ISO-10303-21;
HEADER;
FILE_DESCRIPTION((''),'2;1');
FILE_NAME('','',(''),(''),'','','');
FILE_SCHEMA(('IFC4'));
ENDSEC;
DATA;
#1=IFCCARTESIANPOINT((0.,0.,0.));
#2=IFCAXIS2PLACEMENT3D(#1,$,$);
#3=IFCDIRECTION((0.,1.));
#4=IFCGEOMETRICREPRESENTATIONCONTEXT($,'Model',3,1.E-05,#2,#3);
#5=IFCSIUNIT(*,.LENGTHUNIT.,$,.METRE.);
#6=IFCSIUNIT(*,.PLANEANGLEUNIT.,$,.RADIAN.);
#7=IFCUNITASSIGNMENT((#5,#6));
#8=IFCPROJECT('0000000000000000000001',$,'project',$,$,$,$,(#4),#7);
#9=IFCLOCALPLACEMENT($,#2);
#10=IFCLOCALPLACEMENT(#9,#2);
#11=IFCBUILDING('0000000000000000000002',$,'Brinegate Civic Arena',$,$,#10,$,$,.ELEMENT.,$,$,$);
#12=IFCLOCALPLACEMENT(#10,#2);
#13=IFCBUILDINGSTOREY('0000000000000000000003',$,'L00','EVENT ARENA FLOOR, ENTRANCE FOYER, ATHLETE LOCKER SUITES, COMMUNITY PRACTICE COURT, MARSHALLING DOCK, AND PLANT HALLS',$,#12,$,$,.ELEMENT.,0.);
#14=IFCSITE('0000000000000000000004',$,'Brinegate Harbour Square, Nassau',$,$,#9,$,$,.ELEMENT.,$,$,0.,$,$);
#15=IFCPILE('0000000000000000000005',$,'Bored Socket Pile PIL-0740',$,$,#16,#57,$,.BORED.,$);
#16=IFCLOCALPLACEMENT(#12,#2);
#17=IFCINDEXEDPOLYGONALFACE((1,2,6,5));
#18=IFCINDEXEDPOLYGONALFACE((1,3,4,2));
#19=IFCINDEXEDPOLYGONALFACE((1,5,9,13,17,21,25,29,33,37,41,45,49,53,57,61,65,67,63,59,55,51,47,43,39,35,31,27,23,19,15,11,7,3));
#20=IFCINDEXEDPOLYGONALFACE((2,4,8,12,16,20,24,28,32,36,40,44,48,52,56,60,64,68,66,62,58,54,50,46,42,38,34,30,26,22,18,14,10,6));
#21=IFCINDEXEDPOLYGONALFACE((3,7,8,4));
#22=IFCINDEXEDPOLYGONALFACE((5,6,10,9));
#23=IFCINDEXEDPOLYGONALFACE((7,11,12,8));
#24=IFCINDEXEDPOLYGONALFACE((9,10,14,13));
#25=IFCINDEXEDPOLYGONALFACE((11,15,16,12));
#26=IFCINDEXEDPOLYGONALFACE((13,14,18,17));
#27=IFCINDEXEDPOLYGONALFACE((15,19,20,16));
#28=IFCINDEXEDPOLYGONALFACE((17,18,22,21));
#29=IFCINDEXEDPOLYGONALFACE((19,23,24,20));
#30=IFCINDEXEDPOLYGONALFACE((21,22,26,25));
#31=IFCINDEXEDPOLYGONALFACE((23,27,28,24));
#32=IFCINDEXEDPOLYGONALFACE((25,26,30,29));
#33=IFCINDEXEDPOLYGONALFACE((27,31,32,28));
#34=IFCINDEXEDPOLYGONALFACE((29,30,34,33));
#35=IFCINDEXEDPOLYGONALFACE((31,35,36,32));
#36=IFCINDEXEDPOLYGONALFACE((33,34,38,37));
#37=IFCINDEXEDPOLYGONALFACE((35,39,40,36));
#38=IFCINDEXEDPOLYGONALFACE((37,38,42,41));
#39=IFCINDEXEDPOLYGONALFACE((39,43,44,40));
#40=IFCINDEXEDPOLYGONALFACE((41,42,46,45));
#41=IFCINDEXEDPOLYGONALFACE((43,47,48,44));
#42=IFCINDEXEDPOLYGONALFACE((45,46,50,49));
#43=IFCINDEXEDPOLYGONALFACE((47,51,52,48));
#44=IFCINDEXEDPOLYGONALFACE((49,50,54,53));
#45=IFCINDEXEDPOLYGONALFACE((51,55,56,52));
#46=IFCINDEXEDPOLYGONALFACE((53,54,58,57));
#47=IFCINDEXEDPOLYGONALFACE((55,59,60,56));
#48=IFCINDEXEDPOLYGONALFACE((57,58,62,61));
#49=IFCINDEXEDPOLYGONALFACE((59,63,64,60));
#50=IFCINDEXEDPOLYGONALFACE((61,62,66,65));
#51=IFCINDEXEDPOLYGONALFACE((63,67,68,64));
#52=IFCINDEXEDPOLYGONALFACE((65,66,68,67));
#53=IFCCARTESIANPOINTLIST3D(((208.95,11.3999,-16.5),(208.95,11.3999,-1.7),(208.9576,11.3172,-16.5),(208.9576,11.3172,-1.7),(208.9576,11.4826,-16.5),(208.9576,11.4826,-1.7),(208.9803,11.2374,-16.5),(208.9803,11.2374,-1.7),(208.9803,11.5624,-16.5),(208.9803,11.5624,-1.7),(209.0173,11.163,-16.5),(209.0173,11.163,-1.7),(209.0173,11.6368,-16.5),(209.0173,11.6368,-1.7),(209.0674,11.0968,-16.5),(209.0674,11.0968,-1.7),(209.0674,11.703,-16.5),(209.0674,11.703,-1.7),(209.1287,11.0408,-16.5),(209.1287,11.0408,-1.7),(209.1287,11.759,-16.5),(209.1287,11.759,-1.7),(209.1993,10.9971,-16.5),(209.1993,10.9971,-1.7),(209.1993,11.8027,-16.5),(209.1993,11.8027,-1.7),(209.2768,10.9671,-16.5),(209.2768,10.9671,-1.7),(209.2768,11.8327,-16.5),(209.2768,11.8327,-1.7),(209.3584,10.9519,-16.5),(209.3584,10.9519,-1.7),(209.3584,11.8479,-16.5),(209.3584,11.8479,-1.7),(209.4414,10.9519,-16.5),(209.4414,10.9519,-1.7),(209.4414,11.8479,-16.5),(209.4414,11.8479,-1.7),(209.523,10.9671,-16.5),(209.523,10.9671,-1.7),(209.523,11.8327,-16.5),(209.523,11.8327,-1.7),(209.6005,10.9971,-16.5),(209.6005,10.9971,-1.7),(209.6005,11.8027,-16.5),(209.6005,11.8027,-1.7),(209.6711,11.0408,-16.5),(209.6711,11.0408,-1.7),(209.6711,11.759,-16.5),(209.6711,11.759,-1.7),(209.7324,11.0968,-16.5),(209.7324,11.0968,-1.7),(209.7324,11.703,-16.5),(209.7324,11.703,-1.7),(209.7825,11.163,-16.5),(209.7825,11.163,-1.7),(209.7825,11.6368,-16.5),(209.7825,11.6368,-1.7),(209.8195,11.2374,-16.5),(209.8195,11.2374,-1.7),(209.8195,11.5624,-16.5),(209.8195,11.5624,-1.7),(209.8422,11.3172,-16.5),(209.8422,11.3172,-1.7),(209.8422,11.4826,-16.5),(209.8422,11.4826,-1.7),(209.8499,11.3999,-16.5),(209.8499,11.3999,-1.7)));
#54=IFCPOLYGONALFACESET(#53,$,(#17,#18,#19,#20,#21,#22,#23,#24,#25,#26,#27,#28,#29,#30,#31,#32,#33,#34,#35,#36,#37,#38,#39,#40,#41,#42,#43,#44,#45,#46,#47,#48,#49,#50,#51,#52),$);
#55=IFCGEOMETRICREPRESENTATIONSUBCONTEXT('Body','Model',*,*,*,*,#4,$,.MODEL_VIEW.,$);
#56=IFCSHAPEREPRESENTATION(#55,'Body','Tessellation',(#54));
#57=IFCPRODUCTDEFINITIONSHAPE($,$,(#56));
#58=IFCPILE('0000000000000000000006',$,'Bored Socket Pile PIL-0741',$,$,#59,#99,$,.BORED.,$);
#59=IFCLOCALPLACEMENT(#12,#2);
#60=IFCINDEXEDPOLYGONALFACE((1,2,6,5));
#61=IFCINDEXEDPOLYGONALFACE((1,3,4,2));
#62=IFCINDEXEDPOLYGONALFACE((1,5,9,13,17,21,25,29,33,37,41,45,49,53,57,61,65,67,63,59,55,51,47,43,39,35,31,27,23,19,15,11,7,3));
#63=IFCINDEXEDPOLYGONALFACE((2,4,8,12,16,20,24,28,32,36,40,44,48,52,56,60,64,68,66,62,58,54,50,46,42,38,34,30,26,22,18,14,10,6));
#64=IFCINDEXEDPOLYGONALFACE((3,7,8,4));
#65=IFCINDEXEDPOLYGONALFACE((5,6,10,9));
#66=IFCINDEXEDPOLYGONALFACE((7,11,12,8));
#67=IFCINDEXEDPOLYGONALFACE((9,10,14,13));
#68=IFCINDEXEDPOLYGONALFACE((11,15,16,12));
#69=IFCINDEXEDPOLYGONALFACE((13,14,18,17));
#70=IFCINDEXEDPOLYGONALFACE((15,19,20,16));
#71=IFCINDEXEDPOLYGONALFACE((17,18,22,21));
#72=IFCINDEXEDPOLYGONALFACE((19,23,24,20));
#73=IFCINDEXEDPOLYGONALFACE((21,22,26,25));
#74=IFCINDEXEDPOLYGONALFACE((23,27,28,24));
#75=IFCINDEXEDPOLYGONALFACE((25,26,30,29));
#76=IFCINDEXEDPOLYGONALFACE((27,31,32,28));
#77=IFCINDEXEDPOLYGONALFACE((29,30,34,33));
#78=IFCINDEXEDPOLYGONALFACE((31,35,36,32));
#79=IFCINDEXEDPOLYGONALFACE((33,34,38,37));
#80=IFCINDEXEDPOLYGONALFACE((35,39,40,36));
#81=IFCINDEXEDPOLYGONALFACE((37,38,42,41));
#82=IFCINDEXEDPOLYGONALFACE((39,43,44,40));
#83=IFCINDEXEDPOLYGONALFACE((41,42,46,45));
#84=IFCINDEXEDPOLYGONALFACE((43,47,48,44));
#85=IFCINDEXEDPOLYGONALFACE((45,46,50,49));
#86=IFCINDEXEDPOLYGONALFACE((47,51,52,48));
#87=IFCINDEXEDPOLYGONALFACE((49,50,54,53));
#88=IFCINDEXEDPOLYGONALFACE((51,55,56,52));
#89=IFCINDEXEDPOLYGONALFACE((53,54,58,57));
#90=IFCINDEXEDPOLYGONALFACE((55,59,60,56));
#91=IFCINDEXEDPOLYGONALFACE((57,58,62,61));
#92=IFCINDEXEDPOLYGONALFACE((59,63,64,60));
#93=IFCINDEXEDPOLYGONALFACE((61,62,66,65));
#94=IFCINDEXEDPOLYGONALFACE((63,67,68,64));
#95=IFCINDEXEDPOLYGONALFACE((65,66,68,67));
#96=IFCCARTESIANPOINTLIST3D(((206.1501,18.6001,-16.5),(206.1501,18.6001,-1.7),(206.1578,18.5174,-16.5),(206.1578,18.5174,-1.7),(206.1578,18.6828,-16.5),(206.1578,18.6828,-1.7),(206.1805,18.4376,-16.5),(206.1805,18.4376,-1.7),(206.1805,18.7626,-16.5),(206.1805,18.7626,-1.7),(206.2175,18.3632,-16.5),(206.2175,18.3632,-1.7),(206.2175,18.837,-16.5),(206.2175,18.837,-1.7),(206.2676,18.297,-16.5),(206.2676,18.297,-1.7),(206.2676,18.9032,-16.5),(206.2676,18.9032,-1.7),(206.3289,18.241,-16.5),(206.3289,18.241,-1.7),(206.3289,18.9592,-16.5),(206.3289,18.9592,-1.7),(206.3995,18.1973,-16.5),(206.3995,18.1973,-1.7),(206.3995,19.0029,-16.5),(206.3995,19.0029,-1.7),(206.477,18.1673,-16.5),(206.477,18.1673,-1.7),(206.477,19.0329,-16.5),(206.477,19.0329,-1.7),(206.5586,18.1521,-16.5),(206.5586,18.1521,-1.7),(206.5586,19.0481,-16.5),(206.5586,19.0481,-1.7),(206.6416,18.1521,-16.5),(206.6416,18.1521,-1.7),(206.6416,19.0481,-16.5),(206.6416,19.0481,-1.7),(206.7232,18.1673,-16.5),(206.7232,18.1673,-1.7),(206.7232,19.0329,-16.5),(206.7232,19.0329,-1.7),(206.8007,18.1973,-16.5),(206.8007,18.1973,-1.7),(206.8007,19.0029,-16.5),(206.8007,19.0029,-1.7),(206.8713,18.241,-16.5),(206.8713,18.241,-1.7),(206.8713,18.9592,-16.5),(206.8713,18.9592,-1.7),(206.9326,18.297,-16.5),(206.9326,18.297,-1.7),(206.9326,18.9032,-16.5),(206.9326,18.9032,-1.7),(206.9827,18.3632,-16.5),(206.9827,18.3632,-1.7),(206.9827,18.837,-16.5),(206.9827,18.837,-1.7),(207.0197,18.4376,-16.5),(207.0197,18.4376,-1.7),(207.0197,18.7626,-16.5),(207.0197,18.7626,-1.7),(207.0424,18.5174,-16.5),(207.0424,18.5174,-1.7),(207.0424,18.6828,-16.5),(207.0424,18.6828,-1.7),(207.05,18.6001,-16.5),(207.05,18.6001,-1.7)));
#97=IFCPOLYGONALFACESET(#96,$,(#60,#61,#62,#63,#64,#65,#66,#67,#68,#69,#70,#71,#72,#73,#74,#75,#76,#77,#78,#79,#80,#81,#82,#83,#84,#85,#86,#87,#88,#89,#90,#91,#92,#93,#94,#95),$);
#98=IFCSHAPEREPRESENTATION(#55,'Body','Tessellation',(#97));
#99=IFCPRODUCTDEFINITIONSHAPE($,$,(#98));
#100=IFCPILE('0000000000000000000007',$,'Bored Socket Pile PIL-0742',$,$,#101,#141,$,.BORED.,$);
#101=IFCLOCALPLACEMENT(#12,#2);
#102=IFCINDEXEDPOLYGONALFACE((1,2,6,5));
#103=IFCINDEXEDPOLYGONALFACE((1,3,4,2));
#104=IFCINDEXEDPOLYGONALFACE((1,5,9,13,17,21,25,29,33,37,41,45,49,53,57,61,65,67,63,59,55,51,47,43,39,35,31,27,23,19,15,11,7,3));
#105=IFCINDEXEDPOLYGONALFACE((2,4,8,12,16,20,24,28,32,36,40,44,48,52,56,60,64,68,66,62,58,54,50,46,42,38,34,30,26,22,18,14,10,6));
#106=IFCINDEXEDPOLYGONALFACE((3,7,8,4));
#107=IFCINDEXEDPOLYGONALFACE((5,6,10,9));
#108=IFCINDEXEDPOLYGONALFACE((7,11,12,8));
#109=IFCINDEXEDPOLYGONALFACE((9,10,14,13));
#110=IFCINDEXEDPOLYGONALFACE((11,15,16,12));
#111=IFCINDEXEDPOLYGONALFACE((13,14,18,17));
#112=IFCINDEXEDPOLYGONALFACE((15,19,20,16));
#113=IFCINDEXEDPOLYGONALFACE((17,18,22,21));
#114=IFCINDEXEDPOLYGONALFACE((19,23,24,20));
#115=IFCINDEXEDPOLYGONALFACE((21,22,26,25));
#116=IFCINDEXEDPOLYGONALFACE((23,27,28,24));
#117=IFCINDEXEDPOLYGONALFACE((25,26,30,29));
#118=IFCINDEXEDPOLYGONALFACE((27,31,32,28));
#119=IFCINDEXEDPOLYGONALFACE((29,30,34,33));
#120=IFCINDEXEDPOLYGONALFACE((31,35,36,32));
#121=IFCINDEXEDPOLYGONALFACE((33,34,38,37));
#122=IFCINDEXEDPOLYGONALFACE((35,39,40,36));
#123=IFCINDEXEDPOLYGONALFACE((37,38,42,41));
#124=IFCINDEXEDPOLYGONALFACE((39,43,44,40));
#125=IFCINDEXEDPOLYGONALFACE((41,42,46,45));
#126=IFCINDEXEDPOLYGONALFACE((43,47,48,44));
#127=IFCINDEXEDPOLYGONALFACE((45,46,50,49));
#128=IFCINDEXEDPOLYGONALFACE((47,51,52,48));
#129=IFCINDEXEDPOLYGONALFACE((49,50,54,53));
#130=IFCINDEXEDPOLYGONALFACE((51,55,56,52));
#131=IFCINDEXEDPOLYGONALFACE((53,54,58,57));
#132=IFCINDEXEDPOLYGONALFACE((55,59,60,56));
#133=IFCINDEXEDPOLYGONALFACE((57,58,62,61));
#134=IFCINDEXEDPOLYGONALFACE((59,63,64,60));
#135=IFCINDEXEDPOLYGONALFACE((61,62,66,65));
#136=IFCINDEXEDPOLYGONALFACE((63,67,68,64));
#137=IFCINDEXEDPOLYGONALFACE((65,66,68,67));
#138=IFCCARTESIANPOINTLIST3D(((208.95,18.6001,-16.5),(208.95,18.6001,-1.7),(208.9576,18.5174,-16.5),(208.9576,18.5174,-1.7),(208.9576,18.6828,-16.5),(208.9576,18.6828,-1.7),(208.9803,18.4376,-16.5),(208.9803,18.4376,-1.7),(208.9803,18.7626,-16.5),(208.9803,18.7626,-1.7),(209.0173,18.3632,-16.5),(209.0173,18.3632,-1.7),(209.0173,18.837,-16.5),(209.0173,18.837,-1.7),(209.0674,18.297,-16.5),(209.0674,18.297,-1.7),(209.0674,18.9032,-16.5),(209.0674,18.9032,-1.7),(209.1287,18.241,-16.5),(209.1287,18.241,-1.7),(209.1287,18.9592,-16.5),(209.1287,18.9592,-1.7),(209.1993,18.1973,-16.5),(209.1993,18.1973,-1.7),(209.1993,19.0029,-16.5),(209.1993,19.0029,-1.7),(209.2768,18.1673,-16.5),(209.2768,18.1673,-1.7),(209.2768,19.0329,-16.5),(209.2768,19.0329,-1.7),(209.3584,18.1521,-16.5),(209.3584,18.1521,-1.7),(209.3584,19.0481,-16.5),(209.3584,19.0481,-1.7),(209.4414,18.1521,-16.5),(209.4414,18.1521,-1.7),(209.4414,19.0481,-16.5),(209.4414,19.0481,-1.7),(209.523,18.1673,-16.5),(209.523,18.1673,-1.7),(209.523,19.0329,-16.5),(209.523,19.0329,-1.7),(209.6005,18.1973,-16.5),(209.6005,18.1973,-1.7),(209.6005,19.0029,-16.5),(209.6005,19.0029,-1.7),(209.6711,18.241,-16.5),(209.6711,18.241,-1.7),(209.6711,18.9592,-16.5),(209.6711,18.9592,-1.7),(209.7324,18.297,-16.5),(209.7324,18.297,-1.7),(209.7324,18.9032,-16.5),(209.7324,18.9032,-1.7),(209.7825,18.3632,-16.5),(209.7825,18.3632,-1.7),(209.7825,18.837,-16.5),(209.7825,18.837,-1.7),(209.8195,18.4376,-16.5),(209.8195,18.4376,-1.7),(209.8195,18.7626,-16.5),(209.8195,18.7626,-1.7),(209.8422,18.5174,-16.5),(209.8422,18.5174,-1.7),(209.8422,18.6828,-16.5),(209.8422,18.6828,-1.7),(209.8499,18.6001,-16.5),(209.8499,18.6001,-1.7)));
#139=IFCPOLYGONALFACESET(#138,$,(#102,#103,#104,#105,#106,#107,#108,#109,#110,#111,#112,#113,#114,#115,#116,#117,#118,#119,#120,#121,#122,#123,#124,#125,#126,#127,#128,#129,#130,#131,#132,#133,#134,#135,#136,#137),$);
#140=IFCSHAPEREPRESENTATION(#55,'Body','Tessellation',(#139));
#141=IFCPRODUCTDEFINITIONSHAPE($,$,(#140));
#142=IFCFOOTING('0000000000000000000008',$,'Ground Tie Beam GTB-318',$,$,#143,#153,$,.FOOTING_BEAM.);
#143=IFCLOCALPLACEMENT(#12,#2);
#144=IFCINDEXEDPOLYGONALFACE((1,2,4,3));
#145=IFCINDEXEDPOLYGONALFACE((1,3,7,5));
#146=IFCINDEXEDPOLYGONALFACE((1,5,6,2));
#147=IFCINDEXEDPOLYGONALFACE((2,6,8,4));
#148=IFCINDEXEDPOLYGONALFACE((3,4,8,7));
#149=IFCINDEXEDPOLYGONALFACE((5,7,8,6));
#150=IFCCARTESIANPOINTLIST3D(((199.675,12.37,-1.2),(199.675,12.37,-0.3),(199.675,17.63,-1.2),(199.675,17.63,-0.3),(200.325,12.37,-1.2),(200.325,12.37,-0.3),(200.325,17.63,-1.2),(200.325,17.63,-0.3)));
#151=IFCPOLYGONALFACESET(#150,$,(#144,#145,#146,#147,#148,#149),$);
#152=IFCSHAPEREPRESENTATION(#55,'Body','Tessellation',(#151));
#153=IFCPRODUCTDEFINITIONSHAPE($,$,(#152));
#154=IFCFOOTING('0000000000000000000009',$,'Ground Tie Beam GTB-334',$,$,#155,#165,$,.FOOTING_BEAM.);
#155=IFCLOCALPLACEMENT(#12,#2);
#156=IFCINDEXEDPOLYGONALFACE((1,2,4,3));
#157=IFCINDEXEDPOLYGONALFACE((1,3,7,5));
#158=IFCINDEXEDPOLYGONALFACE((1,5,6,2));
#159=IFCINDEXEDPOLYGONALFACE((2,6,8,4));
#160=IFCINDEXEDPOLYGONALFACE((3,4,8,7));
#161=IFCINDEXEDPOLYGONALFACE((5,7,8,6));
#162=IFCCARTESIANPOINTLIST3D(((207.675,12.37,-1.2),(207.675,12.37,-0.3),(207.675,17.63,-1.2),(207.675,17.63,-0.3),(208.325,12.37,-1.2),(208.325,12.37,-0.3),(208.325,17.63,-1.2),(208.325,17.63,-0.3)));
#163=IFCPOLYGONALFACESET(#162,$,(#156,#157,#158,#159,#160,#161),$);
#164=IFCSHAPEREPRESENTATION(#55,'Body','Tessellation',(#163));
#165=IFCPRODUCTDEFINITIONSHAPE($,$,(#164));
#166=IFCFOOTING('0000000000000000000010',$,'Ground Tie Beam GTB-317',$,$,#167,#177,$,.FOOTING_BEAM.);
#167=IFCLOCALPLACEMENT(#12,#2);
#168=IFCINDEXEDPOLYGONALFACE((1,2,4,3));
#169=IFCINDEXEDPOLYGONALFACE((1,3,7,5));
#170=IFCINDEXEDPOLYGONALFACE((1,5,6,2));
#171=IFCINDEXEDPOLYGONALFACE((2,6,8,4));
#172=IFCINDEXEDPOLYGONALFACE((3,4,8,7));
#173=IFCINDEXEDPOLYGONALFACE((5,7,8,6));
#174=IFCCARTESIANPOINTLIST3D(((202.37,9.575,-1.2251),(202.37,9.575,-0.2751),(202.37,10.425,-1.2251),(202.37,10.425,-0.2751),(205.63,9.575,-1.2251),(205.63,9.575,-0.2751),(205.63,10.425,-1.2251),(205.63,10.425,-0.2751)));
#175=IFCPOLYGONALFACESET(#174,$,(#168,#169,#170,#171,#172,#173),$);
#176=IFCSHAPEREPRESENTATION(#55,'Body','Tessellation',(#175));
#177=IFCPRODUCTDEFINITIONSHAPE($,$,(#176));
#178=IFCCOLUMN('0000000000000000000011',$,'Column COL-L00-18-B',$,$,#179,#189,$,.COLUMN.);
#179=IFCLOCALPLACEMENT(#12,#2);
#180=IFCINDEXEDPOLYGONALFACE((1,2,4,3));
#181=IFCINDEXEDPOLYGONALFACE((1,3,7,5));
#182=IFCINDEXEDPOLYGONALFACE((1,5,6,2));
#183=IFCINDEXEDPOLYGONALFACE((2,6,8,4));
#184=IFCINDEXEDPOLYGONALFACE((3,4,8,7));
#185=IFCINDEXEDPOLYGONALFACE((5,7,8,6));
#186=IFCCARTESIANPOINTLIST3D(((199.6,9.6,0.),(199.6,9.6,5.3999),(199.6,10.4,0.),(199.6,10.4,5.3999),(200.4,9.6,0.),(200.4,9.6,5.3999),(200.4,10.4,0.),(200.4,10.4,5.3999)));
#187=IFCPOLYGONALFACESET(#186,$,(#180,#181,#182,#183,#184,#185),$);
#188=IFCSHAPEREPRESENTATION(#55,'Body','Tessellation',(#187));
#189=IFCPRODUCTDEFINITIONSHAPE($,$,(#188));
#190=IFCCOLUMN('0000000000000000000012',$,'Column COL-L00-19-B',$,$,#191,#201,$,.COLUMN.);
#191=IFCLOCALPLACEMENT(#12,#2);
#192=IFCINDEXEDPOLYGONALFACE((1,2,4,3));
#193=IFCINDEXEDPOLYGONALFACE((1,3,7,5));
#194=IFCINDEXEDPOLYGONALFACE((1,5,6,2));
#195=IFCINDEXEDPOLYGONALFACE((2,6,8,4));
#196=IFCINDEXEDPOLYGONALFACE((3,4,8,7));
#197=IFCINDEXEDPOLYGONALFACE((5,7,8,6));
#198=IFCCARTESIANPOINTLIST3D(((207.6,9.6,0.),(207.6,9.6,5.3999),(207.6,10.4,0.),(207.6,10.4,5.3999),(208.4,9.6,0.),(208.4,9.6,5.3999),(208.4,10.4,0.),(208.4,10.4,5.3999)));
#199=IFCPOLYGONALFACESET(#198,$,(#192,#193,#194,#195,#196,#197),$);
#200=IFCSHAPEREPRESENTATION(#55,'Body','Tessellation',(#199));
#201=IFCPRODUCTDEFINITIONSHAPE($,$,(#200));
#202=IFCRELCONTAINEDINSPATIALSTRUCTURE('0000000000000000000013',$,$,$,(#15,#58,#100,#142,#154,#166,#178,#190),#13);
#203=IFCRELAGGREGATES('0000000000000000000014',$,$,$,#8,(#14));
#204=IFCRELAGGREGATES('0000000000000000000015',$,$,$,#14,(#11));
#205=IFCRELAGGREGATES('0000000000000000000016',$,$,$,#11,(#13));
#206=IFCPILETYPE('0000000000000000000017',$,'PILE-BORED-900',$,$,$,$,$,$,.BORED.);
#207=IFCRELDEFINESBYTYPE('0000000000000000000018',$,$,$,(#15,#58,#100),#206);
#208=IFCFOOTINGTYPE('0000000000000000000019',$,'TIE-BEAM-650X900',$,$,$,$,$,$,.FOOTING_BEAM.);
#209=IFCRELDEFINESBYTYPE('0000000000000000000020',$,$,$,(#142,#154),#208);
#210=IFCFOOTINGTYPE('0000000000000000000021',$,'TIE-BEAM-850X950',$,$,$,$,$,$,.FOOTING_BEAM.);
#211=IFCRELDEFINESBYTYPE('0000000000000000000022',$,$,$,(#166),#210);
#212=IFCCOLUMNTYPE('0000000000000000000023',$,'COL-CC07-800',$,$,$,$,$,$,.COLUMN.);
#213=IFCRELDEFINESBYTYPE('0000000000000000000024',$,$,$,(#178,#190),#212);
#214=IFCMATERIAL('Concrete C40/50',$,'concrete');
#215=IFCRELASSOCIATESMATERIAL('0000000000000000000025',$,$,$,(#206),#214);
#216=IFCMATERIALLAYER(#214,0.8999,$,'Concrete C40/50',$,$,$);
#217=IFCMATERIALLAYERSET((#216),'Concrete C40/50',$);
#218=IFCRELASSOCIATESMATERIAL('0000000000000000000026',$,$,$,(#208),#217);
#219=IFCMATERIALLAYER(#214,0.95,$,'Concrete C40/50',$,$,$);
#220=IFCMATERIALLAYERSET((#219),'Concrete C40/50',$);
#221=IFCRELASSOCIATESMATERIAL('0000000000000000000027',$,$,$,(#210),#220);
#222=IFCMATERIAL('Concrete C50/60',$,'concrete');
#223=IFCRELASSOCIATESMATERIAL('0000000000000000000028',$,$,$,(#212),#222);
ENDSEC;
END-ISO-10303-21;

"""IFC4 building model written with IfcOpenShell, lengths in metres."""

from ifc_helpers import new_model, si_unit, direction, frame, origin, origin_2d, place, context, subcontext, project, spatial, rectangle, circle, extrude, material, layer, layer_set, material_profile, profile_set, type_object, element, save


model = new_model("IFC4")

# Units and contexts
model_context = context("Model", 3, precision=1e-05, world=origin(), true_north=direction((0.0, 1.0)))
body_context = subcontext(model_context, "Body", "Model", "MODEL_VIEW")
ifc_project = project(units=[si_unit("LENGTHUNIT", "METRE"), si_unit("PLANEANGLEUNIT", "RADIAN")], contexts=[model_context])

# Site, building, storey
site_placement = place(None, origin())
site = spatial("IfcSite", under=ifc_project, at=site_placement, Name="Brinegate Harbour Square, Nassau", CompositionType="ELEMENT", RefElevation=0.0)
building_placement = place(site_placement, origin())
building = spatial("IfcBuilding", under=site, at=building_placement, Name="Brinegate Civic Arena", CompositionType="ELEMENT")
storey_placement = place(building_placement, origin())
storey = spatial("IfcBuildingStorey", under=building, at=storey_placement, Name="L00", Description="EVENT ARENA FLOOR, ENTRANCE FOYER, ATHLETE LOCKER SUITES, COMMUNITY PRACTICE COURT, MARSHALLING DOCK, AND PLANT HALLS", CompositionType="ELEMENT", Elevation=0.0)

# Shared definitions
ifc_material_1 = material(Name="Concrete C40/50", Category="concrete")

# Piles
ifc_material_profile_1 = material_profile(ifc_material_1, circle(Radius=0.45, at=origin_2d()), Name="PILED900")
ifc_profile_set_1 = profile_set([ifc_material_profile_1], Name="Concrete C40/50")
pile_type = type_object("IfcPileType", Name="PILE-BORED-900", PredefinedType="BORED", material=ifc_profile_set_1)
for number, where, z_axis, x_axis, name in (
    (1, (209.3999, 11.3999, -1.7), (0.0, 0.0, -1.0), (1.0, 0.0, 0.0), "Bored Socket Pile PIL-0740"),
    (2, (206.6001, 18.6001, -1.7), (0.0, 0.0, -1.0), (1.0, 0.0, 0.0), "Bored Socket Pile PIL-0741"),
    (3, (209.3999, 18.6001, -1.7), (0.0, 0.0, -1.0), (1.0, 0.0, 0.0), "Bored Socket Pile PIL-0742"),
):
    element("IfcPile", number, at=place(storey_placement, frame(where, z_axis=z_axis, x_axis=x_axis)), inside=storey, type_object=pile_type, Name=name, PredefinedType="BORED", context=body_context, shape_type="SweptSolid", body=[
        extrude(circle(Radius=0.45, at=origin_2d()), origin(), (0.0, 0.0, 1.0), 14.8),
    ])

# Footings
ifc_layer_1 = layer(ifc_material_1, 0.8999, Name="Concrete C40/50")
ifc_layer_set_1 = layer_set([ifc_layer_1], Name="Concrete C40/50")
footing_type_1 = type_object("IfcFootingType", Name="TIE-BEAM-650X900", PredefinedType="FOOTING_BEAM", material=ifc_layer_set_1)
for number, where, z_axis, x_axis, name in (
    (4, (200.0, 15.0, -1.2), (0.0, 0.0, 1.0), (0.0, 1.0, 0.0), "Ground Tie Beam GTB-318"),
    (5, (208.0, 15.0, -1.2), (0.0, 0.0, 1.0), (0.0, 1.0, 0.0), "Ground Tie Beam GTB-334"),
):
    element("IfcFooting", number, at=place(storey_placement, frame(where, z_axis=z_axis, x_axis=x_axis)), inside=storey, type_object=footing_type_1, Name=name, PredefinedType="FOOTING_BEAM", context=body_context, shape_type="SweptSolid", body=[
        extrude(rectangle(XDim=5.26, YDim=0.6499, at=origin_2d()), origin(), (0.0, 0.0, 1.0), 0.8999),
    ])
ifc_layer_2 = layer(ifc_material_1, 0.95, Name="Concrete C40/50")
ifc_layer_set_2 = layer_set([ifc_layer_2], Name="Concrete C40/50")
footing_type_2 = type_object("IfcFootingType", Name="TIE-BEAM-850X950", PredefinedType="FOOTING_BEAM", material=ifc_layer_set_2)
footing_placement = place(storey_placement, frame((204.0, 10.0, -1.2251), z_axis=(0.0, 0.0, 1.0), x_axis=(1.0, 0.0, 0.0)))
element("IfcFooting", 6, at=footing_placement, inside=storey, type_object=footing_type_2, Name="Ground Tie Beam GTB-317", PredefinedType="FOOTING_BEAM", context=body_context, shape_type="SweptSolid", body=[
    extrude(rectangle(XDim=3.26, YDim=0.8501, at=origin_2d()), origin(), (0.0, 0.0, 1.0), 0.95),
])

# Columns
ifc_material_2 = material(Name="Concrete C50/60", Category="concrete")
ifc_material_profile_2 = material_profile(ifc_material_2, rectangle(XDim=0.8, YDim=0.8, at=origin_2d()), Name="RC800X800")
ifc_profile_set_2 = profile_set([ifc_material_profile_2], Name="Concrete C50/60")
column_type = type_object("IfcColumnType", Name="COL-CC07-800", PredefinedType="COLUMN", material=ifc_profile_set_2)
for number, where, z_axis, x_axis, name in (
    (7, (200.0, 10.0, 0.0), (0.0, 0.0, 1.0), (1.0, 0.0, 0.0), "Column COL-L00-18-B"),
    (8, (208.0, 10.0, 0.0), (0.0, 0.0, 1.0), (1.0, 0.0, 0.0), "Column COL-L00-19-B"),
):
    element("IfcColumn", number, at=place(storey_placement, frame(where, z_axis=z_axis, x_axis=x_axis)), inside=storey, type_object=column_type, Name=name, PredefinedType="COLUMN", context=body_context, shape_type="SweptSolid", body=[
        extrude(rectangle(XDim=0.8, YDim=0.8, at=origin_2d()), origin(), (0.0, 0.0, 1.0), 5.3999),
    ])

save(model, "model.ifc")
